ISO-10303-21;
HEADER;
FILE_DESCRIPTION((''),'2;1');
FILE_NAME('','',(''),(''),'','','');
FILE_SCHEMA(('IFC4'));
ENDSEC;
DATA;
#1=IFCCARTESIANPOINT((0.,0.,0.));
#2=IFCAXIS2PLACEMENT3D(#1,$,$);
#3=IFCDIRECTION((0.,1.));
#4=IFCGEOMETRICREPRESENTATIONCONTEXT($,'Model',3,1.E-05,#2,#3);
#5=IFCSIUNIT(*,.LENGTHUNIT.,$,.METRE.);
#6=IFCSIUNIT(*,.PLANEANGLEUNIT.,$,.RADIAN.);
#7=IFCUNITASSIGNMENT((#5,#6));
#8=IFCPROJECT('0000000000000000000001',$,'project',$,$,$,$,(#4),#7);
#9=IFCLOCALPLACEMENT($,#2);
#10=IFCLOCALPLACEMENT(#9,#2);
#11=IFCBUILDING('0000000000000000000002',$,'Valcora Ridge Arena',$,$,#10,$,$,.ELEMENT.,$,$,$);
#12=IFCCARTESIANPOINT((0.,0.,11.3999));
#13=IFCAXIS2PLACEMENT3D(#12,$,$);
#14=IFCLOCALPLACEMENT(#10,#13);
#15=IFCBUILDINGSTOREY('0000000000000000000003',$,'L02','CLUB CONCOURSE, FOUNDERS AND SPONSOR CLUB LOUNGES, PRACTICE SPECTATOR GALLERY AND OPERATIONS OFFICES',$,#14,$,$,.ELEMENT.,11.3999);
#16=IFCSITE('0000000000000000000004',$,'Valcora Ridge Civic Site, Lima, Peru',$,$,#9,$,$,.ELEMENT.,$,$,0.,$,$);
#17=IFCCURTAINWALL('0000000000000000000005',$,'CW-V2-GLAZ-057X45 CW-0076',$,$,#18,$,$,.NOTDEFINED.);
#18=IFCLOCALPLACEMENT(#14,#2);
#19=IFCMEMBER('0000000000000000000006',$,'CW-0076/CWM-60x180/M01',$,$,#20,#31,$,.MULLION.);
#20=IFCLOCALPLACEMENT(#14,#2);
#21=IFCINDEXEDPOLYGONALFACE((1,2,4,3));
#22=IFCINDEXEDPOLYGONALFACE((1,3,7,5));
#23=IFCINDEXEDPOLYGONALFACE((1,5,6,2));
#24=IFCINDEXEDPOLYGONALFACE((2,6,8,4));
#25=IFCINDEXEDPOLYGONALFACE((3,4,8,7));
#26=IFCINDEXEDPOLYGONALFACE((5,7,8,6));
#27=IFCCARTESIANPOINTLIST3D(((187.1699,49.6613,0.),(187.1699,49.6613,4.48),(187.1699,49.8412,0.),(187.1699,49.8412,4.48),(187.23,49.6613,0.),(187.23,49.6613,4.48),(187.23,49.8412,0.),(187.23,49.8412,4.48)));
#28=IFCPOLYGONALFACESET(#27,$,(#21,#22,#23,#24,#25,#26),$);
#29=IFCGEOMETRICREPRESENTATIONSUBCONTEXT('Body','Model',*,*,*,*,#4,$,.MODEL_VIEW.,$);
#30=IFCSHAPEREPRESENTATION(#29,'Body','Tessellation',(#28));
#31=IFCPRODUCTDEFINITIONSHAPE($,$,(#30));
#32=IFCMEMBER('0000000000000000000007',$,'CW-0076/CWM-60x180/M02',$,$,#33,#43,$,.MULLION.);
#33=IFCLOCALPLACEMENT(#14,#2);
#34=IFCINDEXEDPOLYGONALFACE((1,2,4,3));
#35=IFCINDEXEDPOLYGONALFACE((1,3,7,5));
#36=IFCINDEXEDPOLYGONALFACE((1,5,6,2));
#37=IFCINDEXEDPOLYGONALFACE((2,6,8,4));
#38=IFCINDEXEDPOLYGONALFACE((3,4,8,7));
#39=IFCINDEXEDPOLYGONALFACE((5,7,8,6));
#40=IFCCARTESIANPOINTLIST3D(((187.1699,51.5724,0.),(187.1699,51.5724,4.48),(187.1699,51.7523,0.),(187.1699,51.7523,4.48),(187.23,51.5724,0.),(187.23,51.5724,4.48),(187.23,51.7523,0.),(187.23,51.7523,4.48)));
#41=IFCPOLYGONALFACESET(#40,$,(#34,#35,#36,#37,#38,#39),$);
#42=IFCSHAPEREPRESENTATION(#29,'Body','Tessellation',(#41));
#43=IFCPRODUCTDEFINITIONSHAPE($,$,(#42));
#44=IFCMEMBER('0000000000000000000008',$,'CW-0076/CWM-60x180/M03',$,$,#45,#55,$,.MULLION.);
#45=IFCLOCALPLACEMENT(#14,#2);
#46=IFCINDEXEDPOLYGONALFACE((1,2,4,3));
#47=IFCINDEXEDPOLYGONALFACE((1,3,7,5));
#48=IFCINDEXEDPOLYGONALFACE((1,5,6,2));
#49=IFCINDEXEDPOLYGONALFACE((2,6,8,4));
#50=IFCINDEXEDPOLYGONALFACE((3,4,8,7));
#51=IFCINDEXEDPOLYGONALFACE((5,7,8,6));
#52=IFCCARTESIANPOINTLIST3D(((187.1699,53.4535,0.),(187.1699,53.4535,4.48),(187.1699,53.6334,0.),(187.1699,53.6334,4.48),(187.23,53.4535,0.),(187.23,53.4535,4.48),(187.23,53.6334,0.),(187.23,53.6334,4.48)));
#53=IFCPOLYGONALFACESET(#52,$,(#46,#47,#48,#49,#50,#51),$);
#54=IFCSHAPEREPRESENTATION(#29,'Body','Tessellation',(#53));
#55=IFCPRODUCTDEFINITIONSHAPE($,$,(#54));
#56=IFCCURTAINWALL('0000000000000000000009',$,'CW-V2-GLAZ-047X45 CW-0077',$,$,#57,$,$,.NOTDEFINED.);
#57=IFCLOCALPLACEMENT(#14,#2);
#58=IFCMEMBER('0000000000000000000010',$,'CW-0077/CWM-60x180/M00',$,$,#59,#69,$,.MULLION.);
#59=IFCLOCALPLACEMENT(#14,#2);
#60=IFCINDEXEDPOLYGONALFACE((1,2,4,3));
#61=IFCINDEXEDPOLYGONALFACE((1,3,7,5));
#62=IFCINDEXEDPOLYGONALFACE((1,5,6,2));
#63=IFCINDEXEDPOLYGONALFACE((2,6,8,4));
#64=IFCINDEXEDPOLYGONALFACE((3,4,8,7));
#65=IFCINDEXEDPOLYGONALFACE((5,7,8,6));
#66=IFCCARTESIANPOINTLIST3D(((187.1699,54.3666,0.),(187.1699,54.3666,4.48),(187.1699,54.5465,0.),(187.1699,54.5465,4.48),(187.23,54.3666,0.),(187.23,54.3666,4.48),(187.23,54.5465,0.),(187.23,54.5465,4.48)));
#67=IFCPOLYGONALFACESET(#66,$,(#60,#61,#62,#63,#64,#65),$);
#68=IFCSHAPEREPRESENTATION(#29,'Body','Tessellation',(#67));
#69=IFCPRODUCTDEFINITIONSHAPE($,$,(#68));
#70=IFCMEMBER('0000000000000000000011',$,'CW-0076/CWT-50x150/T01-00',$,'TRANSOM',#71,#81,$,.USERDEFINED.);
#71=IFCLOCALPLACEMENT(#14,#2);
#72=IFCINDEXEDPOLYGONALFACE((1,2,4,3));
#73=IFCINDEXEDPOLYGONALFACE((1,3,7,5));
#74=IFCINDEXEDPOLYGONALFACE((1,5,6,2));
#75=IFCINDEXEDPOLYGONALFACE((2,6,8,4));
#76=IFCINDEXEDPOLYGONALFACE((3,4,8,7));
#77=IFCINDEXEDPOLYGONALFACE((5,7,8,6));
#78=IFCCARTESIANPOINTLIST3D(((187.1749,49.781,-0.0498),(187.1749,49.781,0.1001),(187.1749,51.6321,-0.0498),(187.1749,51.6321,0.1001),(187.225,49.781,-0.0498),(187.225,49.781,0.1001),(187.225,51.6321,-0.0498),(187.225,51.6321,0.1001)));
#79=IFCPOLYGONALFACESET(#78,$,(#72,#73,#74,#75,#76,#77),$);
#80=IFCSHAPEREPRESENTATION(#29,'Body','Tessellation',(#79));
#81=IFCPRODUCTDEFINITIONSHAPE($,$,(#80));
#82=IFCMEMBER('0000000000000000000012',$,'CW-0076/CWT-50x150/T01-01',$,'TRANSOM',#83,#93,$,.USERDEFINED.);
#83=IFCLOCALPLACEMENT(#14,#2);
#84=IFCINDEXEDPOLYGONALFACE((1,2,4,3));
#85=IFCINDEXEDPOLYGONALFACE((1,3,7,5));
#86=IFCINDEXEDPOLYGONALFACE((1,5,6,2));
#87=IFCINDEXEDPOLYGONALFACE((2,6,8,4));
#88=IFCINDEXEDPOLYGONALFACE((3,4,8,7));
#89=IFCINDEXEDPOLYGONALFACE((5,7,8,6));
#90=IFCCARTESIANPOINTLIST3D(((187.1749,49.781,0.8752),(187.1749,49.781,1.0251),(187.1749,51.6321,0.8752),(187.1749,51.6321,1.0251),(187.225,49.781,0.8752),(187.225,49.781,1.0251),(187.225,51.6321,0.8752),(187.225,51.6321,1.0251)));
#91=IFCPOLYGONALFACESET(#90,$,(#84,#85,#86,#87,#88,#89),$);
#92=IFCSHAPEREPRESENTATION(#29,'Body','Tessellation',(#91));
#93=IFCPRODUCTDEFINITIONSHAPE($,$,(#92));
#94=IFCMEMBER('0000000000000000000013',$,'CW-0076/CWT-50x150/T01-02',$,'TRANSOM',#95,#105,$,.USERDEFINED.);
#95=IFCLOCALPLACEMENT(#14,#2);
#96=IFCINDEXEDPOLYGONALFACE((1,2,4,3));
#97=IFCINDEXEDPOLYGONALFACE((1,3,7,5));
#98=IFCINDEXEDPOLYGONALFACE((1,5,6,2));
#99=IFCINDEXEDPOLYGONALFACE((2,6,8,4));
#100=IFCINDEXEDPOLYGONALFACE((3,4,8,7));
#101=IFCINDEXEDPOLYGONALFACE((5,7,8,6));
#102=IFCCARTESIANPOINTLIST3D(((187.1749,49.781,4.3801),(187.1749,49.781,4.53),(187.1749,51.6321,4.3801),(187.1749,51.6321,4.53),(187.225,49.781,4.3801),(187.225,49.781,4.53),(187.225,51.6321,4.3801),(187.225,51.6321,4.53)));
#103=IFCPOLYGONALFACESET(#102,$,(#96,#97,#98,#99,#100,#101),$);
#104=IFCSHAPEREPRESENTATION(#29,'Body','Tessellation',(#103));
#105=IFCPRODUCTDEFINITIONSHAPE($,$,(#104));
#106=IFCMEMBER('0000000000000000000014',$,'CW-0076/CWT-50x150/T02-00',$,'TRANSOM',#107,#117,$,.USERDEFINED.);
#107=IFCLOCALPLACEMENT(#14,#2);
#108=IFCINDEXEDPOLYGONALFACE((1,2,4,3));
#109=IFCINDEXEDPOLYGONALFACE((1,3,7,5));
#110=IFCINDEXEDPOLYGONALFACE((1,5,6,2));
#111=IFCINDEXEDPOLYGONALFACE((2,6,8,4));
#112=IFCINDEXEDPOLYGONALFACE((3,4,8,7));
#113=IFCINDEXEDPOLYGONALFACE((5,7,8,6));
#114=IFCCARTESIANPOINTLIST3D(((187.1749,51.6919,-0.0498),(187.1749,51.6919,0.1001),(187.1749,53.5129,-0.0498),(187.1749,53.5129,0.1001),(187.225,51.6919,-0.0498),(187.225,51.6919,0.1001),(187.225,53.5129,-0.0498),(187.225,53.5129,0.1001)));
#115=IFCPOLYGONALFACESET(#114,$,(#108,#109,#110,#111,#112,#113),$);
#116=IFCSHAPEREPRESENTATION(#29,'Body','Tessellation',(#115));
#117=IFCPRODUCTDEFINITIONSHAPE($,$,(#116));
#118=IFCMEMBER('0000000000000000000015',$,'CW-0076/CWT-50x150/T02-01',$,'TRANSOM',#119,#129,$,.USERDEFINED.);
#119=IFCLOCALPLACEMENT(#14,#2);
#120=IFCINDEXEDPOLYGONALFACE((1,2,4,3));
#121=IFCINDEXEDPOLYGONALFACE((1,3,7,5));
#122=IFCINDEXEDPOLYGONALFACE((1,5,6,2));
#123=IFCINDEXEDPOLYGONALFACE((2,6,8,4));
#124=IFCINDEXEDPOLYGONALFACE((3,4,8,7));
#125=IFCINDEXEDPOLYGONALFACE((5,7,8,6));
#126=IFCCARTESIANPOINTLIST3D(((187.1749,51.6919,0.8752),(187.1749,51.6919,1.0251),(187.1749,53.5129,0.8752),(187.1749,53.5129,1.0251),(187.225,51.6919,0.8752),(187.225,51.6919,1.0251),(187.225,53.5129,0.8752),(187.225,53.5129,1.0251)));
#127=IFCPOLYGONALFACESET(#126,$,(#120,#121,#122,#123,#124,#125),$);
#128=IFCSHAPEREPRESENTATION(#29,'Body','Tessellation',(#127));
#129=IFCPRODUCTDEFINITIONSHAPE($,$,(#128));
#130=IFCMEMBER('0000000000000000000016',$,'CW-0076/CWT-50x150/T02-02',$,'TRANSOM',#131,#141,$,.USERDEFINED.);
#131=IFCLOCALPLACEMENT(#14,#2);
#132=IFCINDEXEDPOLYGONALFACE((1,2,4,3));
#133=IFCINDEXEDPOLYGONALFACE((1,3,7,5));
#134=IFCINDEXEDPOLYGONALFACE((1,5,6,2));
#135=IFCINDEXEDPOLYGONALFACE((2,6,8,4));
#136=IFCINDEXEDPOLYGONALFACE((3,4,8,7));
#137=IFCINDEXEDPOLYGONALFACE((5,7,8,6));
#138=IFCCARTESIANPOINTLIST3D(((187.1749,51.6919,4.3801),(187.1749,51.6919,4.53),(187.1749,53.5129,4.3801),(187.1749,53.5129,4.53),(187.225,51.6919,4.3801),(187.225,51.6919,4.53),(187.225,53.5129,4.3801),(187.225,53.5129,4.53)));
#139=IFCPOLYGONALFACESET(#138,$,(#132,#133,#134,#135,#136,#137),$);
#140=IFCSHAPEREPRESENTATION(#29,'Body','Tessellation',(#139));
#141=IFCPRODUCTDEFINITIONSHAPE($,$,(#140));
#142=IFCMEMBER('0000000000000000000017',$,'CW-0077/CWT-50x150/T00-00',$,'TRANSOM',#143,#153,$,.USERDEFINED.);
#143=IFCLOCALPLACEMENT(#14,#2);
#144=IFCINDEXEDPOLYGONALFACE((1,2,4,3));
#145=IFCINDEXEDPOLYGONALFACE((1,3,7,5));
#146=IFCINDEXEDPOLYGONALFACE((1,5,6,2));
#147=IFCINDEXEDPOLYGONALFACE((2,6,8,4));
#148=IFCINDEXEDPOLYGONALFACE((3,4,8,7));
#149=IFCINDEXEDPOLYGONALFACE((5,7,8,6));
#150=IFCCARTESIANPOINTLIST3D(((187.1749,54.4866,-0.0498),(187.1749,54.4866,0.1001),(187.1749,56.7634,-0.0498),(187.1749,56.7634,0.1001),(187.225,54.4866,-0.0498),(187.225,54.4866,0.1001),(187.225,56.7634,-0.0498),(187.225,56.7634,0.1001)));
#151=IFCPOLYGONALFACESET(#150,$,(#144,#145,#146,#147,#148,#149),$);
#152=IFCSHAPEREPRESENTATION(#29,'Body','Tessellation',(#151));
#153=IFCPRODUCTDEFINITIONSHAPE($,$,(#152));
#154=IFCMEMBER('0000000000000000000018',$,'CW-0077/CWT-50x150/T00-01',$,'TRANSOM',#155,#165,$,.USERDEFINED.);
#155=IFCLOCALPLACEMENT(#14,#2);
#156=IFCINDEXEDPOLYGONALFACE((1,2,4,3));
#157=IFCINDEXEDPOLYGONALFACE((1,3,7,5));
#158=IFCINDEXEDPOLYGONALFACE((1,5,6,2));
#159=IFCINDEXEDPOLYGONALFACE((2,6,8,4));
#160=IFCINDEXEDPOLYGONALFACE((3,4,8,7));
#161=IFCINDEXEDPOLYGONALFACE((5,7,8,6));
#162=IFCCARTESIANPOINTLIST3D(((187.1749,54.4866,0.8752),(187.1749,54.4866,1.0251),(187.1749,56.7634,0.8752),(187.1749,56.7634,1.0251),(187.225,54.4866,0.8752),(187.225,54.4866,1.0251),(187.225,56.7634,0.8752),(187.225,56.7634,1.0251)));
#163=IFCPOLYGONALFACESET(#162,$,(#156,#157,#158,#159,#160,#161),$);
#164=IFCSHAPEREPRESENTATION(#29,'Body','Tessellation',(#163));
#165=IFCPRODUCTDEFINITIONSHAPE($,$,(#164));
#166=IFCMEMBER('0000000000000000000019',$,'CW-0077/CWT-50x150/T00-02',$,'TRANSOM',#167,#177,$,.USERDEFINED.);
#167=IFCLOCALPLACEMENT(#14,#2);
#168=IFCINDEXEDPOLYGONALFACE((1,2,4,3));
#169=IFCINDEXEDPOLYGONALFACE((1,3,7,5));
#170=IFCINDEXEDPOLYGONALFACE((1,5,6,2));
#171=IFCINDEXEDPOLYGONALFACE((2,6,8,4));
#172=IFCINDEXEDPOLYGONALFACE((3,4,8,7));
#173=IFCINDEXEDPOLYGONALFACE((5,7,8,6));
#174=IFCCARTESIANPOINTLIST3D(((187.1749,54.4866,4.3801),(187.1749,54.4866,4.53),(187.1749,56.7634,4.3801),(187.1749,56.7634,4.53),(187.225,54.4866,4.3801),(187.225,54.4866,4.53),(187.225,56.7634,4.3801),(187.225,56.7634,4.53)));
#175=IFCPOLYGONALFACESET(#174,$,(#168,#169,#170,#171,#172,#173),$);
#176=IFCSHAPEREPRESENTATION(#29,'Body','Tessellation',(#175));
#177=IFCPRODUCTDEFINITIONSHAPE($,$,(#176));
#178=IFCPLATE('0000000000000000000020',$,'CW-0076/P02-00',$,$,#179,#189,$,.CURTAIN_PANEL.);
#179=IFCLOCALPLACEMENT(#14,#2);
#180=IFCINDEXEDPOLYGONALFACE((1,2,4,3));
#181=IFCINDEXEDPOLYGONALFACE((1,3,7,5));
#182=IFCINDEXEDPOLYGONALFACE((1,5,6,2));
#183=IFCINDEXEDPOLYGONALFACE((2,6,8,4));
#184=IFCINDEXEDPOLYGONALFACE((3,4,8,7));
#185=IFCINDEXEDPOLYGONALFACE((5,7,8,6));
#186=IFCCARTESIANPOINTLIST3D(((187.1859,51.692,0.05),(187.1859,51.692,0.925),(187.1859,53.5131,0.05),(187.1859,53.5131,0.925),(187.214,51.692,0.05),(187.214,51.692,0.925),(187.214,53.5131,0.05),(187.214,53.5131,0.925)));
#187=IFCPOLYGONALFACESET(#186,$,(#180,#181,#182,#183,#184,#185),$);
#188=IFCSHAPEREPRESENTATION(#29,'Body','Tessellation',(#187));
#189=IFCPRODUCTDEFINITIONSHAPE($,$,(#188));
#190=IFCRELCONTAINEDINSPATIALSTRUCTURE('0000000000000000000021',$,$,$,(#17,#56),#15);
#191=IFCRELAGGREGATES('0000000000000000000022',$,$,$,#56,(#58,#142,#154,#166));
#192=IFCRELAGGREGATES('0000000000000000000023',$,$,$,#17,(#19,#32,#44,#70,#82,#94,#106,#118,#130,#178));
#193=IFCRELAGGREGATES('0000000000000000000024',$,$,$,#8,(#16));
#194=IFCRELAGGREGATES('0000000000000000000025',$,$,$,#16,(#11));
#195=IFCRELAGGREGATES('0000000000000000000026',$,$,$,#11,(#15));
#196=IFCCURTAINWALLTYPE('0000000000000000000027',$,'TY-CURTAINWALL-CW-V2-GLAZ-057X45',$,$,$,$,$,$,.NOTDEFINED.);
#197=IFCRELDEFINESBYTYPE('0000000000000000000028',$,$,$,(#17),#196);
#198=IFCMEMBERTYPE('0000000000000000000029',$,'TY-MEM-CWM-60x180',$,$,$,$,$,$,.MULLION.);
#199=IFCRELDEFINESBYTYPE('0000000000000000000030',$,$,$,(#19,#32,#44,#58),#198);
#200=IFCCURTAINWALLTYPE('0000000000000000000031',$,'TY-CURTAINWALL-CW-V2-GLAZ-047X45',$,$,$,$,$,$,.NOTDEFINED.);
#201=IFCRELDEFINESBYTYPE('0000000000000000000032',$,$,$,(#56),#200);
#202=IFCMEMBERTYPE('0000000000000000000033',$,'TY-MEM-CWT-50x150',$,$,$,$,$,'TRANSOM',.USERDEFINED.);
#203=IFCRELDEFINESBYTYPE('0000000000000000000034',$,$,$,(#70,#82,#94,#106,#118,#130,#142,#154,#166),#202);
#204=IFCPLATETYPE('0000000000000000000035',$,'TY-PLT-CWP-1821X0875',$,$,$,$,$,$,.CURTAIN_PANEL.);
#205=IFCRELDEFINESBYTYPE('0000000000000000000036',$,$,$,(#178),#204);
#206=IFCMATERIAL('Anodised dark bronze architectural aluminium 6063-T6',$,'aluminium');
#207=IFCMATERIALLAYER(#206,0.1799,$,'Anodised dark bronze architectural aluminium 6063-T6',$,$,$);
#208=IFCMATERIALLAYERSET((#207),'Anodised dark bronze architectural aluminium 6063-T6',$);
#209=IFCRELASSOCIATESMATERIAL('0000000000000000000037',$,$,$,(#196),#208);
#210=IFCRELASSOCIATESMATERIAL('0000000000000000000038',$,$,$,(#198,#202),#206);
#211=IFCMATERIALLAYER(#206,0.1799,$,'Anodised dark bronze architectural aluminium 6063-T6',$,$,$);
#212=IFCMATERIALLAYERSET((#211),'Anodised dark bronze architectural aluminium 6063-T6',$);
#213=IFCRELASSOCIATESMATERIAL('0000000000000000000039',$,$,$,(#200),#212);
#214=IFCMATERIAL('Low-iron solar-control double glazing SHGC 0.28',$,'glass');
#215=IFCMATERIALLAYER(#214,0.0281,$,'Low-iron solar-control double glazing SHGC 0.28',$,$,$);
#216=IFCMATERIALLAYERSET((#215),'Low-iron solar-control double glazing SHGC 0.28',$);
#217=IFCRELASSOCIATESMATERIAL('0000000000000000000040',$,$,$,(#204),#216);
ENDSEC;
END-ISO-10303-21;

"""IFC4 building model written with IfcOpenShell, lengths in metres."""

from ifc_helpers import new_model, si_unit, direction, frame, origin, origin_2d, place, context, subcontext, project, spatial, rectangle, extrude, material, layer, layer_set, material_profile, profile_set, type_object, element, aggregate, save


model = new_model("IFC4")

# Units and contexts
model_context = context("Model", 3, precision=1e-05, world=origin(), true_north=direction((0.0, 1.0)))
body_context = subcontext(model_context, "Body", "Model", "MODEL_VIEW")
ifc_project = project(units=[si_unit("LENGTHUNIT", "METRE"), si_unit("PLANEANGLEUNIT", "RADIAN")], contexts=[model_context])

# Site, building, storey
site_placement = place(None, origin())
site = spatial("IfcSite", under=ifc_project, at=site_placement, Name="Valcora Ridge Civic Site, Lima, Peru", CompositionType="ELEMENT", RefElevation=0.0)
building_placement = place(site_placement, origin())
building = spatial("IfcBuilding", under=site, at=building_placement, Name="Valcora Ridge Arena", CompositionType="ELEMENT")
storey_placement = place(building_placement, frame((0.0, 0.0, 11.3999)))
storey = spatial("IfcBuildingStorey", under=building, at=storey_placement, Name="L02", Description="CLUB CONCOURSE, FOUNDERS AND SPONSOR CLUB LOUNGES, PRACTICE SPECTATOR GALLERY AND OPERATIONS OFFICES", CompositionType="ELEMENT", Elevation=11.3999)

# Curtain wall, members
ifc_material_1 = material(Name="Anodised dark bronze architectural aluminium 6063-T6", Category="aluminium")
ifc_layer_1 = layer(ifc_material_1, 0.1799, Name="Anodised dark bronze architectural aluminium 6063-T6")
ifc_layer_set_1 = layer_set([ifc_layer_1], Name="Anodised dark bronze architectural aluminium 6063-T6")
curtain_wall_type_1 = type_object("IfcCurtainWallType", Name="TY-CURTAINWALL-CW-V2-GLAZ-057X45", PredefinedType="NOTDEFINED", material=ifc_layer_set_1)
curtain_wall_1_placement = place(storey_placement, origin())
curtain_wall_1 = element("IfcCurtainWall", 1, at=curtain_wall_1_placement, inside=storey, type_object=curtain_wall_type_1, Name="CW-V2-GLAZ-057X45 CW-0076", PredefinedType="NOTDEFINED")
ifc_material_profile_1 = material_profile(ifc_material_1, rectangle(XDim=0.0601, YDim=0.1799, at=origin_2d()), Name="ALU MULLION 60x180")
ifc_profile_set_1 = profile_set([ifc_material_profile_1], Name="Anodised dark bronze architectural aluminium 6063-T6")
member_type_1 = type_object("IfcMemberType", Name="TY-MEM-CWM-60x180", PredefinedType="MULLION", material=ifc_profile_set_1)
member_1_placement = place(storey_placement, frame((187.2, 49.7512, 0.0), z_axis=(0.0, 0.0, 1.0), x_axis=(-1.0, 0.0, 0.0)))
member_1 = element("IfcMember", 2, at=member_1_placement, type_object=member_type_1, Name="CW-0076/CWM-60x180/M01", PredefinedType="MULLION", context=body_context, shape_type="SweptSolid", body=[
    extrude(rectangle(XDim=0.0601, YDim=0.1799, at=origin_2d()), origin(), (0.0, 0.0, 1.0), 4.48),
])
member_2_placement = place(storey_placement, frame((187.2, 51.6624, 0.0), z_axis=(0.0, 0.0, 1.0), x_axis=(-1.0, 0.0, 0.0)))
member_2 = element("IfcMember", 3, at=member_2_placement, type_object=member_type_1, Name="CW-0076/CWM-60x180/M02", PredefinedType="MULLION", context=body_context, shape_type="SweptSolid", body=[
    extrude(rectangle(XDim=0.0601, YDim=0.1799, at=origin_2d()), origin(), (0.0, 0.0, 1.0), 4.48),
])
member_3_placement = place(storey_placement, frame((187.2, 53.5435, 0.0), z_axis=(0.0, 0.0, 1.0), x_axis=(-1.0, 0.0, 0.0)))
member_3 = element("IfcMember", 4, at=member_3_placement, type_object=member_type_1, Name="CW-0076/CWM-60x180/M03", PredefinedType="MULLION", context=body_context, shape_type="SweptSolid", body=[
    extrude(rectangle(XDim=0.0601, YDim=0.1799, at=origin_2d()), origin(), (0.0, 0.0, 1.0), 4.48),
])

# Curtain wall, member
ifc_layer_2 = layer(ifc_material_1, 0.1799, Name="Anodised dark bronze architectural aluminium 6063-T6")
ifc_layer_set_2 = layer_set([ifc_layer_2], Name="Anodised dark bronze architectural aluminium 6063-T6")
curtain_wall_type_2 = type_object("IfcCurtainWallType", Name="TY-CURTAINWALL-CW-V2-GLAZ-047X45", PredefinedType="NOTDEFINED", material=ifc_layer_set_2)
curtain_wall_2_placement = place(storey_placement, origin())
curtain_wall_2 = element("IfcCurtainWall", 5, at=curtain_wall_2_placement, inside=storey, type_object=curtain_wall_type_2, Name="CW-V2-GLAZ-047X45 CW-0077", PredefinedType="NOTDEFINED")
member_4_placement = place(storey_placement, frame((187.2, 54.4565, 0.0), z_axis=(0.0, 0.0, 1.0), x_axis=(-1.0, 0.0, 0.0)))
member_4 = element("IfcMember", 6, at=member_4_placement, type_object=member_type_1, Name="CW-0077/CWM-60x180/M00", PredefinedType="MULLION", context=body_context, shape_type="SweptSolid", body=[
    extrude(rectangle(XDim=0.0601, YDim=0.1799, at=origin_2d()), origin(), (0.0, 0.0, 1.0), 4.48),
])

# Members
ifc_material_profile_2 = material_profile(ifc_material_1, rectangle(XDim=0.05, YDim=0.1499, at=origin_2d()), Name="ALU TRANSOM 50x150")
ifc_profile_set_2 = profile_set([ifc_material_profile_2], Name="Anodised dark bronze architectural aluminium 6063-T6")
member_type_2 = type_object("IfcMemberType", Name="TY-MEM-CWT-50x150", ElementType="TRANSOM", PredefinedType="USERDEFINED", material=ifc_profile_set_2)
member_5_placement = place(storey_placement, frame((187.2, 49.781, 0.0251), z_axis=(0.0, 1.0, 0.0), x_axis=(-1.0, 0.0, 0.0)))
member_5 = element("IfcMember", 7, at=member_5_placement, type_object=member_type_2, Name="CW-0076/CWT-50x150/T01-00", ObjectType="TRANSOM", PredefinedType="USERDEFINED", context=body_context, shape_type="SweptSolid", body=[
    extrude(rectangle(XDim=0.05, YDim=0.1499, at=origin_2d()), origin(), (0.0, 0.0, 1.0), 1.8511),
])
member_6_placement = place(storey_placement, frame((187.2, 49.781, 0.9502), z_axis=(0.0, 1.0, 0.0), x_axis=(-1.0, 0.0, 0.0)))
member_6 = element("IfcMember", 8, at=member_6_placement, type_object=member_type_2, Name="CW-0076/CWT-50x150/T01-01", ObjectType="TRANSOM", PredefinedType="USERDEFINED", context=body_context, shape_type="SweptSolid", body=[
    extrude(rectangle(XDim=0.05, YDim=0.1499, at=origin_2d()), origin(), (0.0, 0.0, 1.0), 1.8511),
])
member_7_placement = place(storey_placement, frame((187.2, 49.781, 4.4551), z_axis=(0.0, 1.0, 0.0), x_axis=(-1.0, 0.0, 0.0)))
member_7 = element("IfcMember", 9, at=member_7_placement, type_object=member_type_2, Name="CW-0076/CWT-50x150/T01-02", ObjectType="TRANSOM", PredefinedType="USERDEFINED", context=body_context, shape_type="SweptSolid", body=[
    extrude(rectangle(XDim=0.05, YDim=0.1499, at=origin_2d()), origin(), (0.0, 0.0, 1.0), 1.8511),
])
member_8_placement = place(storey_placement, frame((187.2, 51.6919, 0.0251), z_axis=(0.0, 1.0, 0.0), x_axis=(-1.0, 0.0, 0.0)))
member_8 = element("IfcMember", 10, at=member_8_placement, type_object=member_type_2, Name="CW-0076/CWT-50x150/T02-00", ObjectType="TRANSOM", PredefinedType="USERDEFINED", context=body_context, shape_type="SweptSolid", body=[
    extrude(rectangle(XDim=0.05, YDim=0.1499, at=origin_2d()), origin(), (0.0, 0.0, 1.0), 1.821),
])
member_9_placement = place(storey_placement, frame((187.2, 51.6919, 0.9502), z_axis=(0.0, 1.0, 0.0), x_axis=(-1.0, 0.0, 0.0)))
member_9 = element("IfcMember", 11, at=member_9_placement, type_object=member_type_2, Name="CW-0076/CWT-50x150/T02-01", ObjectType="TRANSOM", PredefinedType="USERDEFINED", context=body_context, shape_type="SweptSolid", body=[
    extrude(rectangle(XDim=0.05, YDim=0.1499, at=origin_2d()), origin(), (0.0, 0.0, 1.0), 1.821),
])
member_10_placement = place(storey_placement, frame((187.2, 51.6919, 4.4551), z_axis=(0.0, 1.0, 0.0), x_axis=(-1.0, 0.0, 0.0)))
member_10 = element("IfcMember", 12, at=member_10_placement, type_object=member_type_2, Name="CW-0076/CWT-50x150/T02-02", ObjectType="TRANSOM", PredefinedType="USERDEFINED", context=body_context, shape_type="SweptSolid", body=[
    extrude(rectangle(XDim=0.05, YDim=0.1499, at=origin_2d()), origin(), (0.0, 0.0, 1.0), 1.821),
])
member_11_placement = place(storey_placement, frame((187.2, 54.4866, 0.0251), z_axis=(0.0, 1.0, 0.0), x_axis=(-1.0, 0.0, 0.0)))
member_11 = element("IfcMember", 13, at=member_11_placement, type_object=member_type_2, Name="CW-0077/CWT-50x150/T00-00", ObjectType="TRANSOM", PredefinedType="USERDEFINED", context=body_context, shape_type="SweptSolid", body=[
    extrude(rectangle(XDim=0.05, YDim=0.1499, at=origin_2d()), origin(), (0.0, 0.0, 1.0), 2.2769),
])
member_12_placement = place(storey_placement, frame((187.2, 54.4866, 0.9502), z_axis=(0.0, 1.0, 0.0), x_axis=(-1.0, 0.0, 0.0)))
member_12 = element("IfcMember", 14, at=member_12_placement, type_object=member_type_2, Name="CW-0077/CWT-50x150/T00-01", ObjectType="TRANSOM", PredefinedType="USERDEFINED", context=body_context, shape_type="SweptSolid", body=[
    extrude(rectangle(XDim=0.05, YDim=0.1499, at=origin_2d()), origin(), (0.0, 0.0, 1.0), 2.2769),
])
member_13_placement = place(storey_placement, frame((187.2, 54.4866, 4.4551), z_axis=(0.0, 1.0, 0.0), x_axis=(-1.0, 0.0, 0.0)))
member_13 = element("IfcMember", 15, at=member_13_placement, type_object=member_type_2, Name="CW-0077/CWT-50x150/T00-02", ObjectType="TRANSOM", PredefinedType="USERDEFINED", context=body_context, shape_type="SweptSolid", body=[
    extrude(rectangle(XDim=0.05, YDim=0.1499, at=origin_2d()), origin(), (0.0, 0.0, 1.0), 2.2769),
])
aggregate(curtain_wall_2, [member_4, member_11, member_12, member_13])

# Plate
ifc_material_2 = material(Name="Low-iron solar-control double glazing SHGC 0.28", Category="glass")
ifc_layer_3 = layer(ifc_material_2, 0.0281, Name="Low-iron solar-control double glazing SHGC 0.28")
ifc_layer_set_3 = layer_set([ifc_layer_3], Name="Low-iron solar-control double glazing SHGC 0.28")
plate_type_1 = type_object("IfcPlateType", Name="TY-PLT-CWP-1821X0875", PredefinedType="CURTAIN_PANEL", material=ifc_layer_set_3)
plate_1_placement = place(storey_placement, frame((187.2, 52.6025, 0.05), z_axis=(0.0, 0.0, 1.0), x_axis=(0.0, 1.0, 0.0)))
plate_1 = element("IfcPlate", 16, at=plate_1_placement, type_object=plate_type_1, Name="CW-0076/P02-00", PredefinedType="CURTAIN_PANEL", context=body_context, shape_type="SweptSolid", body=[
    extrude(rectangle(XDim=1.821, YDim=0.0281, at=origin_2d()), origin(), (0.0, 0.0, 1.0), 0.875),
])
aggregate(curtain_wall_1, [member_1, member_2, member_3, member_5, member_6, member_7, member_8, member_9, member_10, plate_1])

save(model, "model.ifc")
